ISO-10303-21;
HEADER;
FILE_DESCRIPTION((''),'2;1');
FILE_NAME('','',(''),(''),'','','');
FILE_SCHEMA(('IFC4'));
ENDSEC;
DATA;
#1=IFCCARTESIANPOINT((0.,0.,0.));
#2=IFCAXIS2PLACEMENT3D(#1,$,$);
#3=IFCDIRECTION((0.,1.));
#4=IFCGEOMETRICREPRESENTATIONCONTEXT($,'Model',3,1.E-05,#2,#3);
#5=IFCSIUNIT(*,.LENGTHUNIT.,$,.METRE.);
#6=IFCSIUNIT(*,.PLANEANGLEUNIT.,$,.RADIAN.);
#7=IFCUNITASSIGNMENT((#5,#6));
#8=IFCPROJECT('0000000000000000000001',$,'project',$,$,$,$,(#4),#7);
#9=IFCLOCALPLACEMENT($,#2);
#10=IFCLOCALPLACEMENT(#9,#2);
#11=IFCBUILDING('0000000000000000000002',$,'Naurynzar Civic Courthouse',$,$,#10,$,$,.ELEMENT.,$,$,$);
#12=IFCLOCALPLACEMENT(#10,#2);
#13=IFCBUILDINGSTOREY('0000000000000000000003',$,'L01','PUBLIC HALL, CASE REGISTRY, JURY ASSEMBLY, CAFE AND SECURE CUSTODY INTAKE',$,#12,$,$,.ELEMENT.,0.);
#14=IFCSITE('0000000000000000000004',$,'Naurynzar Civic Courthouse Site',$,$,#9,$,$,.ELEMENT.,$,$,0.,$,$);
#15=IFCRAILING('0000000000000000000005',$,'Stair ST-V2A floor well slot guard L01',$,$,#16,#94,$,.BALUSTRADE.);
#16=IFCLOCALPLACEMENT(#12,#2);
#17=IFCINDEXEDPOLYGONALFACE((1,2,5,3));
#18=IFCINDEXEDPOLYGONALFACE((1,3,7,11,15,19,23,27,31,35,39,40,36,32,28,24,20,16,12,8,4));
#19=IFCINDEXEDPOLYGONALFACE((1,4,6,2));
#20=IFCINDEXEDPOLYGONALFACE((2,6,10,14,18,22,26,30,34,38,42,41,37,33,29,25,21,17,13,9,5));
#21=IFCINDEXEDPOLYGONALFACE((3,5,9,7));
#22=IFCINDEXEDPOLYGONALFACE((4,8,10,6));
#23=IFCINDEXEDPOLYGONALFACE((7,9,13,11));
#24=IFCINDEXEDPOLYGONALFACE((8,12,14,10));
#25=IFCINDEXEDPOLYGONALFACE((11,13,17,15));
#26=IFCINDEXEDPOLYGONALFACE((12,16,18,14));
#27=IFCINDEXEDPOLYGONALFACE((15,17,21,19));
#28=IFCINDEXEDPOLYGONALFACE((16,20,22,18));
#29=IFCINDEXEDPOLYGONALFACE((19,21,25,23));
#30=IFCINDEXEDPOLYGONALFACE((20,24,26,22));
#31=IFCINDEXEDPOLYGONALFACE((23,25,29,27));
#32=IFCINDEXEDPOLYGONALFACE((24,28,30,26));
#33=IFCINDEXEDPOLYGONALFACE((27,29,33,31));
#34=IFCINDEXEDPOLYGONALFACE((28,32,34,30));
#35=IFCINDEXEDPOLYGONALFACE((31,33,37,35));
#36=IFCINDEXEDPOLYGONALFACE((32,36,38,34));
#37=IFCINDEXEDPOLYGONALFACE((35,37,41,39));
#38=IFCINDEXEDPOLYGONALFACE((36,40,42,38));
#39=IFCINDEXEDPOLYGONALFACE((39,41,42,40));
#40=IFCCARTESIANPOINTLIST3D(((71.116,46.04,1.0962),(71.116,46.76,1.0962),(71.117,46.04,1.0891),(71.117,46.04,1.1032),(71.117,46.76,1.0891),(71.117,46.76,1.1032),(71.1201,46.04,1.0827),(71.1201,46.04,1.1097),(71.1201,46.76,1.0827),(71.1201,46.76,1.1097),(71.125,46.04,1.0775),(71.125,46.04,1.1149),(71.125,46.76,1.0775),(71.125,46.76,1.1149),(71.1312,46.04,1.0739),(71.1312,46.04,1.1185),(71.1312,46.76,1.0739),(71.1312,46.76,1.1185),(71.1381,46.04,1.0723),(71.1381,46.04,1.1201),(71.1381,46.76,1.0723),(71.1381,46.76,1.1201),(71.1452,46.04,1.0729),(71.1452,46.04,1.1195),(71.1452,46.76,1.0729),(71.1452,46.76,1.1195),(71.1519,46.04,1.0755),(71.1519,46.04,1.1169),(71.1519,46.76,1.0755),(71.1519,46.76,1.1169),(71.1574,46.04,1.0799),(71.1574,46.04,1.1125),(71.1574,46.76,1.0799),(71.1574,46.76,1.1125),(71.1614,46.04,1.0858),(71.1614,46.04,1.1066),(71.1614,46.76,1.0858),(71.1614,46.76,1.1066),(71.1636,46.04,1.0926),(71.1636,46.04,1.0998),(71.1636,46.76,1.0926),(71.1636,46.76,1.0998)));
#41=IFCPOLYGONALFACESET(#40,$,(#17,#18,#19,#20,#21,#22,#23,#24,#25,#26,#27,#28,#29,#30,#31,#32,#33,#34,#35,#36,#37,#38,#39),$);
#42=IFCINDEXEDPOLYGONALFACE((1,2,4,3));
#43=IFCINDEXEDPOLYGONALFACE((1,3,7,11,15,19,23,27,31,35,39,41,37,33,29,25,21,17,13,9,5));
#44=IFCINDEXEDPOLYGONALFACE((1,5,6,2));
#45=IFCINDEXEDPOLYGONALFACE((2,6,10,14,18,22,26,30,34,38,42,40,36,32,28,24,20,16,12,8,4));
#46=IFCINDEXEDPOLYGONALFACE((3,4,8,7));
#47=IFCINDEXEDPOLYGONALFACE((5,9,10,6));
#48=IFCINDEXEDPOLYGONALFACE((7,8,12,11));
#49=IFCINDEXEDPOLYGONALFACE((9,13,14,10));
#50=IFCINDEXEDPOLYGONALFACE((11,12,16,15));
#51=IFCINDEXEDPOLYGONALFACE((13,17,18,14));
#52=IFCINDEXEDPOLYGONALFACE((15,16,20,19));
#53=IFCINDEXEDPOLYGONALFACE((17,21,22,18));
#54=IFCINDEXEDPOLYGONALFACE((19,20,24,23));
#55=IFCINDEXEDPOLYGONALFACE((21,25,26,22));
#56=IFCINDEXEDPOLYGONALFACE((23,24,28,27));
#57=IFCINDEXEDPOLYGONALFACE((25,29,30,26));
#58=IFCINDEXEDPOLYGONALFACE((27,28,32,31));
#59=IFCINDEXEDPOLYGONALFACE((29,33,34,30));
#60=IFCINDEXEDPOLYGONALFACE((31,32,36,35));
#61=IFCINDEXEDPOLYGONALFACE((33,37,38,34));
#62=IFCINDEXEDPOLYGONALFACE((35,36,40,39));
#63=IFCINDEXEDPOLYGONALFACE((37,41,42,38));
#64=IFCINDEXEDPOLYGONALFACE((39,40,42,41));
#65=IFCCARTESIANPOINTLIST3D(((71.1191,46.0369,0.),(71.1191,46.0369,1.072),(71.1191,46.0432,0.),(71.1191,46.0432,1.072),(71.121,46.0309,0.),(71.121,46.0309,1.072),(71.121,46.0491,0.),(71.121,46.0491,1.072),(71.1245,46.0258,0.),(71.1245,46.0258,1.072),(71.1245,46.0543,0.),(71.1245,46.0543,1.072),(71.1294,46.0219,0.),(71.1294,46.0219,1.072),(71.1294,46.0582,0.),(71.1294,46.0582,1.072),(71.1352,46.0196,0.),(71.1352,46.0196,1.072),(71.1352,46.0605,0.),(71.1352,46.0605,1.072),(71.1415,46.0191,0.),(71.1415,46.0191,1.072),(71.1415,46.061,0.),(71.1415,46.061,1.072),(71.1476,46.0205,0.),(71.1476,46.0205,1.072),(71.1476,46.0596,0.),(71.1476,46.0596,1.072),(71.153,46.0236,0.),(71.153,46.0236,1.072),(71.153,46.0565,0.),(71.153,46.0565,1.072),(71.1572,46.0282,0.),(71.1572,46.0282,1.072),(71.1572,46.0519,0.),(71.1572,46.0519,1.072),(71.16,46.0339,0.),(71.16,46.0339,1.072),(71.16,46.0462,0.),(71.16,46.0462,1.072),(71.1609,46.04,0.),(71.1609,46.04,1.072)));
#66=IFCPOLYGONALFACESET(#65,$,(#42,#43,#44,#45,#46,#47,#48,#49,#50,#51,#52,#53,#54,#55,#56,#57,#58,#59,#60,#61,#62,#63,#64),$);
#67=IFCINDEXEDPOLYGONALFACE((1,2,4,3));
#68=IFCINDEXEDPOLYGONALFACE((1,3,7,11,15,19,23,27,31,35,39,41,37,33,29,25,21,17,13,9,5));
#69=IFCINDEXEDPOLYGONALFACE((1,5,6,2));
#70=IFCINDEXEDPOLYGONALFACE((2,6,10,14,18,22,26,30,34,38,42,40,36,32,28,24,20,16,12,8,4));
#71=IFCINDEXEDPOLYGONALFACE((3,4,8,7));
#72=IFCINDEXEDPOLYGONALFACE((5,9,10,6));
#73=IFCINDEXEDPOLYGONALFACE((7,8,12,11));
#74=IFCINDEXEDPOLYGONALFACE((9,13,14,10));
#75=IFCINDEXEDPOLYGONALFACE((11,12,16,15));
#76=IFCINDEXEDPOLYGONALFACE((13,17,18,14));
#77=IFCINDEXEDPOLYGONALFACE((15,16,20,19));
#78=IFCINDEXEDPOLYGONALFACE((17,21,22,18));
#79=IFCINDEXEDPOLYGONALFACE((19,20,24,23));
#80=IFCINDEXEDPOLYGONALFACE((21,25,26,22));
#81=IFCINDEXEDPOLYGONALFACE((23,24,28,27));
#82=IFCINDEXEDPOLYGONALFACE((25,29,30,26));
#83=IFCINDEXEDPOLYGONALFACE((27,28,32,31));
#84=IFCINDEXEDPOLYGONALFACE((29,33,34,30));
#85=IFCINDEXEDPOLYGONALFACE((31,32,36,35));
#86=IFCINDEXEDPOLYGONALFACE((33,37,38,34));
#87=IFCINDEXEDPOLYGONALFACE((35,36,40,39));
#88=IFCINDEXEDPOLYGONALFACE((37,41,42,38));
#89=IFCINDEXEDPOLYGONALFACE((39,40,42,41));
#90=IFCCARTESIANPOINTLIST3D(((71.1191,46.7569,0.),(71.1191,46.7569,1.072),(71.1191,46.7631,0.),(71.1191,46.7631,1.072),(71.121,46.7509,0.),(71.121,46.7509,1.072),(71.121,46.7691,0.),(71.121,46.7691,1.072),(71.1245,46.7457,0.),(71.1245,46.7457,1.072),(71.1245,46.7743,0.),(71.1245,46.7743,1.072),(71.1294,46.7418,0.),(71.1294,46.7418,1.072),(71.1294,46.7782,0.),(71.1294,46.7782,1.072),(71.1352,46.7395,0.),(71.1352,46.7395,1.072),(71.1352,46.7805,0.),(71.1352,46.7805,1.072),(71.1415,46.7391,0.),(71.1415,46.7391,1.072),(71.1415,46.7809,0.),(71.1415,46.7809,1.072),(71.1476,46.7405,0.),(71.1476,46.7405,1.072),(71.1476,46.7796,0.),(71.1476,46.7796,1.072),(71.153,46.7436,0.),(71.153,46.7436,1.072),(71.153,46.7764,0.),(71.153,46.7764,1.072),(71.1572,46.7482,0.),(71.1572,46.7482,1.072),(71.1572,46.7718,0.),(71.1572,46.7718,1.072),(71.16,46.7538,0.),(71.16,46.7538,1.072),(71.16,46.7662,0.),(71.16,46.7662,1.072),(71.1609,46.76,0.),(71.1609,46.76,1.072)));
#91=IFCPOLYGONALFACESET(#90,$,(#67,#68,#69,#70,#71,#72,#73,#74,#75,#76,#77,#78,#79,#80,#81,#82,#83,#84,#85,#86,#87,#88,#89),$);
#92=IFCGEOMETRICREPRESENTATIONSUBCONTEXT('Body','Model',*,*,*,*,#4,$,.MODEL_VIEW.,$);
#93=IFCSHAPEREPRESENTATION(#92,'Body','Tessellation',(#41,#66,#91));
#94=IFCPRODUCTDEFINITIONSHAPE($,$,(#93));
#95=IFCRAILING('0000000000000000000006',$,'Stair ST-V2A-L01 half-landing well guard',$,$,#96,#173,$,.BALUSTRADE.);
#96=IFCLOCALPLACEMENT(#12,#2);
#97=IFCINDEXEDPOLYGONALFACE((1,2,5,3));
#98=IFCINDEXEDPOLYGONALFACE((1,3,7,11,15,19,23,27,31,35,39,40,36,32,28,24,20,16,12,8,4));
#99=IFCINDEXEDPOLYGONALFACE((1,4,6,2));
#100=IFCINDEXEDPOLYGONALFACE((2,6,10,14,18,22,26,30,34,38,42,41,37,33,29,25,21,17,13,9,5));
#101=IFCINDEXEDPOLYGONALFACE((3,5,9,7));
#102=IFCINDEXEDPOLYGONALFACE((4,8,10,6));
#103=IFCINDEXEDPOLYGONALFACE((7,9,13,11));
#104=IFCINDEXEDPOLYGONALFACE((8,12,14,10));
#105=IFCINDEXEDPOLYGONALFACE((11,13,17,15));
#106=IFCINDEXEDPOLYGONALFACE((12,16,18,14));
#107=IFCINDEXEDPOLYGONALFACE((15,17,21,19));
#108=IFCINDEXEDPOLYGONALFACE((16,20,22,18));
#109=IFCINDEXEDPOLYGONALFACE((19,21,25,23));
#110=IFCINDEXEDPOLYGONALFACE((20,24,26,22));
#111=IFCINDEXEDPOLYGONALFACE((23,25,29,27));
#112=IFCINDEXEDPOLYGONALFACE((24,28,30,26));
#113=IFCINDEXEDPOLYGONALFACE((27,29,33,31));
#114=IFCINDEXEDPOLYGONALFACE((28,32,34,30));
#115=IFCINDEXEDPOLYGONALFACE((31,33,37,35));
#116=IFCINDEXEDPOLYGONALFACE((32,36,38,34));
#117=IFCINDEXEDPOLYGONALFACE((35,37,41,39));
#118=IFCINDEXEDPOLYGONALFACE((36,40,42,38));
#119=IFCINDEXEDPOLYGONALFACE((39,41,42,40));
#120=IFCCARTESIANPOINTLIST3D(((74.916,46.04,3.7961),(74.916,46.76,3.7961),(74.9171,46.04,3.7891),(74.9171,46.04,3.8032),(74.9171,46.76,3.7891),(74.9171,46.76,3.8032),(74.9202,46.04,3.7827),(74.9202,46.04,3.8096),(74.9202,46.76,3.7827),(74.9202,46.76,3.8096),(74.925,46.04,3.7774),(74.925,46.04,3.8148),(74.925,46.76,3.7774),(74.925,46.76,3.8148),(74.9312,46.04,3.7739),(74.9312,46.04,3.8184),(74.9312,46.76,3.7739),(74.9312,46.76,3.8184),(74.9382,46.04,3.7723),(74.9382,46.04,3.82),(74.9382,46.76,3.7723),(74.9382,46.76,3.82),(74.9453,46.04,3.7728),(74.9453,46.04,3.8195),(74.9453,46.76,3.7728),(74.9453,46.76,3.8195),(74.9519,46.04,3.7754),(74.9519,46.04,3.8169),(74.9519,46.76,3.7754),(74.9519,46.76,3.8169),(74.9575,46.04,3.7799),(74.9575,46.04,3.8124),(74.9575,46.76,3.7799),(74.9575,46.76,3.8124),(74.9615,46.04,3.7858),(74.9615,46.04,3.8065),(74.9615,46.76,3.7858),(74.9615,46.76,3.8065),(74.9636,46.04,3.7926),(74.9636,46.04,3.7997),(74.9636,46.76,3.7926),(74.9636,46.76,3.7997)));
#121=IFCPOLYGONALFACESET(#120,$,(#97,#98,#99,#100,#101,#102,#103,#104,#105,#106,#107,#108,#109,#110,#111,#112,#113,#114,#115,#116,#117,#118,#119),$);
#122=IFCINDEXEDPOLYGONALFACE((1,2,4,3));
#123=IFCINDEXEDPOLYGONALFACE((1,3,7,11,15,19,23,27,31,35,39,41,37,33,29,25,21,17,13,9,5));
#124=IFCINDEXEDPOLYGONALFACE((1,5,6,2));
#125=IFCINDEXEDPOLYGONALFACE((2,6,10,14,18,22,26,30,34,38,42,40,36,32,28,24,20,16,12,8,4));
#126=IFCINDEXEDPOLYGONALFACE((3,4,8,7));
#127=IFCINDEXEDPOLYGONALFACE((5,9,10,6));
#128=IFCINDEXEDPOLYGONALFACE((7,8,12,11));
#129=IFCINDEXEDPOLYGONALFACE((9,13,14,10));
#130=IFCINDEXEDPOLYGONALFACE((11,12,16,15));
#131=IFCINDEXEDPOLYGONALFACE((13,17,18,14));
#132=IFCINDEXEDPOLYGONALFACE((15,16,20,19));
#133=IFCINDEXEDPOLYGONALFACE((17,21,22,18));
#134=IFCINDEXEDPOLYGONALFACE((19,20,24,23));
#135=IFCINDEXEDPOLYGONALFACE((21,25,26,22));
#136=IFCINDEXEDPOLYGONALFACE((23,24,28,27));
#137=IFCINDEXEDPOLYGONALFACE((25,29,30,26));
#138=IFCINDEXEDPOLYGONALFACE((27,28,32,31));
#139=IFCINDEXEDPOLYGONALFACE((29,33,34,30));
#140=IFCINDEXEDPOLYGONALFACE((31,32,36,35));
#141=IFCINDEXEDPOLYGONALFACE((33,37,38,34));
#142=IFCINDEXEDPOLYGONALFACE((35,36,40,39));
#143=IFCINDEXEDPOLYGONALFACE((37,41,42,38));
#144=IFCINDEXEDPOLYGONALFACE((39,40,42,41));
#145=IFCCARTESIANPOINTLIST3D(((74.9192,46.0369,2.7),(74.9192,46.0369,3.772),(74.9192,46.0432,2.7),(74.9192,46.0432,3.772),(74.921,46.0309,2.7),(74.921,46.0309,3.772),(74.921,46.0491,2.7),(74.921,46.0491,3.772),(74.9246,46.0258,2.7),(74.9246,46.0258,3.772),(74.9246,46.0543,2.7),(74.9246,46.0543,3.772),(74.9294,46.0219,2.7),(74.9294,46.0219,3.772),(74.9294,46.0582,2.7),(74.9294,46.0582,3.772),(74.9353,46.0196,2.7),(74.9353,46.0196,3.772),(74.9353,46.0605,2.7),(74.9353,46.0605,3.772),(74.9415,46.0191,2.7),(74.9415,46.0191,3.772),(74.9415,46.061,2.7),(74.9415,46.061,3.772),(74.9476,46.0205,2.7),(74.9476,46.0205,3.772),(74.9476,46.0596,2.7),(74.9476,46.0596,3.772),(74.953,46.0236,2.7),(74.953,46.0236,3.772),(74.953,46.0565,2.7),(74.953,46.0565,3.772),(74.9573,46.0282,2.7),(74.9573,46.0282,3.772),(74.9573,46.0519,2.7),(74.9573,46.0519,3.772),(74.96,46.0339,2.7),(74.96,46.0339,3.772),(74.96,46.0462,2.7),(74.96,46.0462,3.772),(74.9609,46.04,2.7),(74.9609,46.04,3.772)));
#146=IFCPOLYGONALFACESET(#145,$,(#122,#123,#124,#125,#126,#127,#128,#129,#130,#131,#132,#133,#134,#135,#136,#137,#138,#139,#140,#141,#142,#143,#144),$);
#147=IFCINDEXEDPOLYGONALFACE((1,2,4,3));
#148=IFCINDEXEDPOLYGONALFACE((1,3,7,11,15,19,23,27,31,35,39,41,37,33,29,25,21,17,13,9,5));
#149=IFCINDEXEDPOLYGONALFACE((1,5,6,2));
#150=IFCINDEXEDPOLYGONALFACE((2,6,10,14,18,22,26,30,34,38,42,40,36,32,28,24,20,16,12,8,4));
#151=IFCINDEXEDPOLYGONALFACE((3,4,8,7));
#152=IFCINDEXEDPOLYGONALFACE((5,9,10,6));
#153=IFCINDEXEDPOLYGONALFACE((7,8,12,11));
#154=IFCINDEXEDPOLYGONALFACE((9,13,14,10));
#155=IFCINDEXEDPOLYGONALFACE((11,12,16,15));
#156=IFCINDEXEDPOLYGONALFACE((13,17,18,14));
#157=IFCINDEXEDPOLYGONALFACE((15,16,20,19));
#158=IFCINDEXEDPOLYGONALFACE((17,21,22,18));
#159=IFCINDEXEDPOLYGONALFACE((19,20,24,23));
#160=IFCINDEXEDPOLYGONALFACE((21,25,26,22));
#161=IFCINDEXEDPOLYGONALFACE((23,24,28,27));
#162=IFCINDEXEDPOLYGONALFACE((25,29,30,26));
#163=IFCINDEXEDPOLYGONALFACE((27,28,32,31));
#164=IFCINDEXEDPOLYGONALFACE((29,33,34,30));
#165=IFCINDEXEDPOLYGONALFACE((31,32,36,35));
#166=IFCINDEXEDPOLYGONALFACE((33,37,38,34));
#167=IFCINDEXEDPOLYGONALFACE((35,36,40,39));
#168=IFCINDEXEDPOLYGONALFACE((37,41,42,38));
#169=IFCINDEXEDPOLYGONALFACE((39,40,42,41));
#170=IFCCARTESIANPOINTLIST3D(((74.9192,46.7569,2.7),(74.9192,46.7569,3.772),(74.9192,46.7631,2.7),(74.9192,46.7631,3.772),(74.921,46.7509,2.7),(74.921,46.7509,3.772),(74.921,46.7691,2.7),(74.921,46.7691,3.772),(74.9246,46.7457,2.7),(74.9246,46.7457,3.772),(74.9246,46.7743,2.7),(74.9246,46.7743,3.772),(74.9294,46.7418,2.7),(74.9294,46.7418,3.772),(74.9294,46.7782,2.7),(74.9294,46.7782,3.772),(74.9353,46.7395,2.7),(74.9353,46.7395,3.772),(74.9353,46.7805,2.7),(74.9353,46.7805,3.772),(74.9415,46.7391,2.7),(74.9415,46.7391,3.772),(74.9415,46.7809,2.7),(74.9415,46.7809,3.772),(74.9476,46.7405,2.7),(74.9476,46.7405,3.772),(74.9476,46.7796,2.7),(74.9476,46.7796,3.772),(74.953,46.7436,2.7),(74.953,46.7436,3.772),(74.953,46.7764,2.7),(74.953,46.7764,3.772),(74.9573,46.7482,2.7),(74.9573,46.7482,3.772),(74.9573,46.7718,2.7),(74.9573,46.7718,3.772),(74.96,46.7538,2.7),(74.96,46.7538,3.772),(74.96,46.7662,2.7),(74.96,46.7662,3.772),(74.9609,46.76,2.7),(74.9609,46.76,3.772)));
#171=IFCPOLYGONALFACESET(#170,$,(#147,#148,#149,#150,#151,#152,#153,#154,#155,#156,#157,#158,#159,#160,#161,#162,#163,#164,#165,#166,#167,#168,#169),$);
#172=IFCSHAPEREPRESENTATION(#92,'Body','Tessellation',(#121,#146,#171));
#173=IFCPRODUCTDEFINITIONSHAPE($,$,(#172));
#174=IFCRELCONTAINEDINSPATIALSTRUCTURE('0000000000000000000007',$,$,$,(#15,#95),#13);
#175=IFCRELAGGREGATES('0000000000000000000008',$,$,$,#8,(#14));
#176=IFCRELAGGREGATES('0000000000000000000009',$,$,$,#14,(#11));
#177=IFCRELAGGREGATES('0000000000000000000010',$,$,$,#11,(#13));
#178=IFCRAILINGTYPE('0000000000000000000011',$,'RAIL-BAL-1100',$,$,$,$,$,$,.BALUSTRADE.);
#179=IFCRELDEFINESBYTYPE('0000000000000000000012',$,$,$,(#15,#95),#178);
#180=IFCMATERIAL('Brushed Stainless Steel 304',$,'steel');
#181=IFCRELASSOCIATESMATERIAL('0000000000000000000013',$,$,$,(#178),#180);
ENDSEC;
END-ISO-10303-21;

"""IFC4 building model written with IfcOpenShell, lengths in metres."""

from ifc_helpers import new_model, si_unit, direction, frame, origin, origin_2d, place, context, subcontext, project, spatial, circle, extrude, material, type_object, element, save


model = new_model("IFC4")

# Units and contexts
model_context = context("Model", 3, precision=1e-05, world=origin(), true_north=direction((0.0, 1.0)))
body_context = subcontext(model_context, "Body", "Model", "MODEL_VIEW")
ifc_project = project(units=[si_unit("LENGTHUNIT", "METRE"), si_unit("PLANEANGLEUNIT", "RADIAN")], contexts=[model_context])

# Site, building, storey
site_placement = place(None, origin())
site = spatial("IfcSite", under=ifc_project, at=site_placement, Name="Naurynzar Civic Courthouse Site", CompositionType="ELEMENT", RefElevation=0.0)
building_placement = place(site_placement, origin())
building = spatial("IfcBuilding", under=site, at=building_placement, Name="Naurynzar Civic Courthouse", CompositionType="ELEMENT")
storey_placement = place(building_placement, origin())
storey = spatial("IfcBuildingStorey", under=building, at=storey_placement, Name="L01", Description="PUBLIC HALL, CASE REGISTRY, JURY ASSEMBLY, CAFE AND SECURE CUSTODY INTAKE", CompositionType="ELEMENT", Elevation=0.0)

# Railings
ifc_material_1 = material(Name="Brushed Stainless Steel 304", Category="steel")
railing_type_1 = type_object("IfcRailingType", Name="RAIL-BAL-1100", PredefinedType="BALUSTRADE", material=ifc_material_1)
for number, where, name in (
    (1, (71.1399, 46.04, 0.0), "Stair ST-V2A floor well slot guard L01"),
    (2, (74.9399, 46.04, 2.7), "Stair ST-V2A-L01 half-landing well guard"),
):
    element("IfcRailing", number, at=place(storey_placement, frame(where)), inside=storey, type_object=railing_type_1, Name=name, PredefinedType="BALUSTRADE", context=body_context, shape_type="SweptSolid", body=[
        extrude(circle(Radius=0.0239, at=origin_2d()), frame((0.0, 0.0, 1.0962), z_axis=(0.0, 1.0, 0.0), x_axis=(-1.0, 0.0, 0.0)), (0.0, 0.0, 1.0), 0.72),
        extrude(circle(Radius=0.021, at=origin_2d()), origin(), (0.0, 0.0, 1.0), 1.072),
        extrude(circle(Radius=0.021, at=origin_2d()), frame((0.0, 0.72, 0.0)), (0.0, 0.0, 1.0), 1.072),
    ])

save(model, "model.ifc")
